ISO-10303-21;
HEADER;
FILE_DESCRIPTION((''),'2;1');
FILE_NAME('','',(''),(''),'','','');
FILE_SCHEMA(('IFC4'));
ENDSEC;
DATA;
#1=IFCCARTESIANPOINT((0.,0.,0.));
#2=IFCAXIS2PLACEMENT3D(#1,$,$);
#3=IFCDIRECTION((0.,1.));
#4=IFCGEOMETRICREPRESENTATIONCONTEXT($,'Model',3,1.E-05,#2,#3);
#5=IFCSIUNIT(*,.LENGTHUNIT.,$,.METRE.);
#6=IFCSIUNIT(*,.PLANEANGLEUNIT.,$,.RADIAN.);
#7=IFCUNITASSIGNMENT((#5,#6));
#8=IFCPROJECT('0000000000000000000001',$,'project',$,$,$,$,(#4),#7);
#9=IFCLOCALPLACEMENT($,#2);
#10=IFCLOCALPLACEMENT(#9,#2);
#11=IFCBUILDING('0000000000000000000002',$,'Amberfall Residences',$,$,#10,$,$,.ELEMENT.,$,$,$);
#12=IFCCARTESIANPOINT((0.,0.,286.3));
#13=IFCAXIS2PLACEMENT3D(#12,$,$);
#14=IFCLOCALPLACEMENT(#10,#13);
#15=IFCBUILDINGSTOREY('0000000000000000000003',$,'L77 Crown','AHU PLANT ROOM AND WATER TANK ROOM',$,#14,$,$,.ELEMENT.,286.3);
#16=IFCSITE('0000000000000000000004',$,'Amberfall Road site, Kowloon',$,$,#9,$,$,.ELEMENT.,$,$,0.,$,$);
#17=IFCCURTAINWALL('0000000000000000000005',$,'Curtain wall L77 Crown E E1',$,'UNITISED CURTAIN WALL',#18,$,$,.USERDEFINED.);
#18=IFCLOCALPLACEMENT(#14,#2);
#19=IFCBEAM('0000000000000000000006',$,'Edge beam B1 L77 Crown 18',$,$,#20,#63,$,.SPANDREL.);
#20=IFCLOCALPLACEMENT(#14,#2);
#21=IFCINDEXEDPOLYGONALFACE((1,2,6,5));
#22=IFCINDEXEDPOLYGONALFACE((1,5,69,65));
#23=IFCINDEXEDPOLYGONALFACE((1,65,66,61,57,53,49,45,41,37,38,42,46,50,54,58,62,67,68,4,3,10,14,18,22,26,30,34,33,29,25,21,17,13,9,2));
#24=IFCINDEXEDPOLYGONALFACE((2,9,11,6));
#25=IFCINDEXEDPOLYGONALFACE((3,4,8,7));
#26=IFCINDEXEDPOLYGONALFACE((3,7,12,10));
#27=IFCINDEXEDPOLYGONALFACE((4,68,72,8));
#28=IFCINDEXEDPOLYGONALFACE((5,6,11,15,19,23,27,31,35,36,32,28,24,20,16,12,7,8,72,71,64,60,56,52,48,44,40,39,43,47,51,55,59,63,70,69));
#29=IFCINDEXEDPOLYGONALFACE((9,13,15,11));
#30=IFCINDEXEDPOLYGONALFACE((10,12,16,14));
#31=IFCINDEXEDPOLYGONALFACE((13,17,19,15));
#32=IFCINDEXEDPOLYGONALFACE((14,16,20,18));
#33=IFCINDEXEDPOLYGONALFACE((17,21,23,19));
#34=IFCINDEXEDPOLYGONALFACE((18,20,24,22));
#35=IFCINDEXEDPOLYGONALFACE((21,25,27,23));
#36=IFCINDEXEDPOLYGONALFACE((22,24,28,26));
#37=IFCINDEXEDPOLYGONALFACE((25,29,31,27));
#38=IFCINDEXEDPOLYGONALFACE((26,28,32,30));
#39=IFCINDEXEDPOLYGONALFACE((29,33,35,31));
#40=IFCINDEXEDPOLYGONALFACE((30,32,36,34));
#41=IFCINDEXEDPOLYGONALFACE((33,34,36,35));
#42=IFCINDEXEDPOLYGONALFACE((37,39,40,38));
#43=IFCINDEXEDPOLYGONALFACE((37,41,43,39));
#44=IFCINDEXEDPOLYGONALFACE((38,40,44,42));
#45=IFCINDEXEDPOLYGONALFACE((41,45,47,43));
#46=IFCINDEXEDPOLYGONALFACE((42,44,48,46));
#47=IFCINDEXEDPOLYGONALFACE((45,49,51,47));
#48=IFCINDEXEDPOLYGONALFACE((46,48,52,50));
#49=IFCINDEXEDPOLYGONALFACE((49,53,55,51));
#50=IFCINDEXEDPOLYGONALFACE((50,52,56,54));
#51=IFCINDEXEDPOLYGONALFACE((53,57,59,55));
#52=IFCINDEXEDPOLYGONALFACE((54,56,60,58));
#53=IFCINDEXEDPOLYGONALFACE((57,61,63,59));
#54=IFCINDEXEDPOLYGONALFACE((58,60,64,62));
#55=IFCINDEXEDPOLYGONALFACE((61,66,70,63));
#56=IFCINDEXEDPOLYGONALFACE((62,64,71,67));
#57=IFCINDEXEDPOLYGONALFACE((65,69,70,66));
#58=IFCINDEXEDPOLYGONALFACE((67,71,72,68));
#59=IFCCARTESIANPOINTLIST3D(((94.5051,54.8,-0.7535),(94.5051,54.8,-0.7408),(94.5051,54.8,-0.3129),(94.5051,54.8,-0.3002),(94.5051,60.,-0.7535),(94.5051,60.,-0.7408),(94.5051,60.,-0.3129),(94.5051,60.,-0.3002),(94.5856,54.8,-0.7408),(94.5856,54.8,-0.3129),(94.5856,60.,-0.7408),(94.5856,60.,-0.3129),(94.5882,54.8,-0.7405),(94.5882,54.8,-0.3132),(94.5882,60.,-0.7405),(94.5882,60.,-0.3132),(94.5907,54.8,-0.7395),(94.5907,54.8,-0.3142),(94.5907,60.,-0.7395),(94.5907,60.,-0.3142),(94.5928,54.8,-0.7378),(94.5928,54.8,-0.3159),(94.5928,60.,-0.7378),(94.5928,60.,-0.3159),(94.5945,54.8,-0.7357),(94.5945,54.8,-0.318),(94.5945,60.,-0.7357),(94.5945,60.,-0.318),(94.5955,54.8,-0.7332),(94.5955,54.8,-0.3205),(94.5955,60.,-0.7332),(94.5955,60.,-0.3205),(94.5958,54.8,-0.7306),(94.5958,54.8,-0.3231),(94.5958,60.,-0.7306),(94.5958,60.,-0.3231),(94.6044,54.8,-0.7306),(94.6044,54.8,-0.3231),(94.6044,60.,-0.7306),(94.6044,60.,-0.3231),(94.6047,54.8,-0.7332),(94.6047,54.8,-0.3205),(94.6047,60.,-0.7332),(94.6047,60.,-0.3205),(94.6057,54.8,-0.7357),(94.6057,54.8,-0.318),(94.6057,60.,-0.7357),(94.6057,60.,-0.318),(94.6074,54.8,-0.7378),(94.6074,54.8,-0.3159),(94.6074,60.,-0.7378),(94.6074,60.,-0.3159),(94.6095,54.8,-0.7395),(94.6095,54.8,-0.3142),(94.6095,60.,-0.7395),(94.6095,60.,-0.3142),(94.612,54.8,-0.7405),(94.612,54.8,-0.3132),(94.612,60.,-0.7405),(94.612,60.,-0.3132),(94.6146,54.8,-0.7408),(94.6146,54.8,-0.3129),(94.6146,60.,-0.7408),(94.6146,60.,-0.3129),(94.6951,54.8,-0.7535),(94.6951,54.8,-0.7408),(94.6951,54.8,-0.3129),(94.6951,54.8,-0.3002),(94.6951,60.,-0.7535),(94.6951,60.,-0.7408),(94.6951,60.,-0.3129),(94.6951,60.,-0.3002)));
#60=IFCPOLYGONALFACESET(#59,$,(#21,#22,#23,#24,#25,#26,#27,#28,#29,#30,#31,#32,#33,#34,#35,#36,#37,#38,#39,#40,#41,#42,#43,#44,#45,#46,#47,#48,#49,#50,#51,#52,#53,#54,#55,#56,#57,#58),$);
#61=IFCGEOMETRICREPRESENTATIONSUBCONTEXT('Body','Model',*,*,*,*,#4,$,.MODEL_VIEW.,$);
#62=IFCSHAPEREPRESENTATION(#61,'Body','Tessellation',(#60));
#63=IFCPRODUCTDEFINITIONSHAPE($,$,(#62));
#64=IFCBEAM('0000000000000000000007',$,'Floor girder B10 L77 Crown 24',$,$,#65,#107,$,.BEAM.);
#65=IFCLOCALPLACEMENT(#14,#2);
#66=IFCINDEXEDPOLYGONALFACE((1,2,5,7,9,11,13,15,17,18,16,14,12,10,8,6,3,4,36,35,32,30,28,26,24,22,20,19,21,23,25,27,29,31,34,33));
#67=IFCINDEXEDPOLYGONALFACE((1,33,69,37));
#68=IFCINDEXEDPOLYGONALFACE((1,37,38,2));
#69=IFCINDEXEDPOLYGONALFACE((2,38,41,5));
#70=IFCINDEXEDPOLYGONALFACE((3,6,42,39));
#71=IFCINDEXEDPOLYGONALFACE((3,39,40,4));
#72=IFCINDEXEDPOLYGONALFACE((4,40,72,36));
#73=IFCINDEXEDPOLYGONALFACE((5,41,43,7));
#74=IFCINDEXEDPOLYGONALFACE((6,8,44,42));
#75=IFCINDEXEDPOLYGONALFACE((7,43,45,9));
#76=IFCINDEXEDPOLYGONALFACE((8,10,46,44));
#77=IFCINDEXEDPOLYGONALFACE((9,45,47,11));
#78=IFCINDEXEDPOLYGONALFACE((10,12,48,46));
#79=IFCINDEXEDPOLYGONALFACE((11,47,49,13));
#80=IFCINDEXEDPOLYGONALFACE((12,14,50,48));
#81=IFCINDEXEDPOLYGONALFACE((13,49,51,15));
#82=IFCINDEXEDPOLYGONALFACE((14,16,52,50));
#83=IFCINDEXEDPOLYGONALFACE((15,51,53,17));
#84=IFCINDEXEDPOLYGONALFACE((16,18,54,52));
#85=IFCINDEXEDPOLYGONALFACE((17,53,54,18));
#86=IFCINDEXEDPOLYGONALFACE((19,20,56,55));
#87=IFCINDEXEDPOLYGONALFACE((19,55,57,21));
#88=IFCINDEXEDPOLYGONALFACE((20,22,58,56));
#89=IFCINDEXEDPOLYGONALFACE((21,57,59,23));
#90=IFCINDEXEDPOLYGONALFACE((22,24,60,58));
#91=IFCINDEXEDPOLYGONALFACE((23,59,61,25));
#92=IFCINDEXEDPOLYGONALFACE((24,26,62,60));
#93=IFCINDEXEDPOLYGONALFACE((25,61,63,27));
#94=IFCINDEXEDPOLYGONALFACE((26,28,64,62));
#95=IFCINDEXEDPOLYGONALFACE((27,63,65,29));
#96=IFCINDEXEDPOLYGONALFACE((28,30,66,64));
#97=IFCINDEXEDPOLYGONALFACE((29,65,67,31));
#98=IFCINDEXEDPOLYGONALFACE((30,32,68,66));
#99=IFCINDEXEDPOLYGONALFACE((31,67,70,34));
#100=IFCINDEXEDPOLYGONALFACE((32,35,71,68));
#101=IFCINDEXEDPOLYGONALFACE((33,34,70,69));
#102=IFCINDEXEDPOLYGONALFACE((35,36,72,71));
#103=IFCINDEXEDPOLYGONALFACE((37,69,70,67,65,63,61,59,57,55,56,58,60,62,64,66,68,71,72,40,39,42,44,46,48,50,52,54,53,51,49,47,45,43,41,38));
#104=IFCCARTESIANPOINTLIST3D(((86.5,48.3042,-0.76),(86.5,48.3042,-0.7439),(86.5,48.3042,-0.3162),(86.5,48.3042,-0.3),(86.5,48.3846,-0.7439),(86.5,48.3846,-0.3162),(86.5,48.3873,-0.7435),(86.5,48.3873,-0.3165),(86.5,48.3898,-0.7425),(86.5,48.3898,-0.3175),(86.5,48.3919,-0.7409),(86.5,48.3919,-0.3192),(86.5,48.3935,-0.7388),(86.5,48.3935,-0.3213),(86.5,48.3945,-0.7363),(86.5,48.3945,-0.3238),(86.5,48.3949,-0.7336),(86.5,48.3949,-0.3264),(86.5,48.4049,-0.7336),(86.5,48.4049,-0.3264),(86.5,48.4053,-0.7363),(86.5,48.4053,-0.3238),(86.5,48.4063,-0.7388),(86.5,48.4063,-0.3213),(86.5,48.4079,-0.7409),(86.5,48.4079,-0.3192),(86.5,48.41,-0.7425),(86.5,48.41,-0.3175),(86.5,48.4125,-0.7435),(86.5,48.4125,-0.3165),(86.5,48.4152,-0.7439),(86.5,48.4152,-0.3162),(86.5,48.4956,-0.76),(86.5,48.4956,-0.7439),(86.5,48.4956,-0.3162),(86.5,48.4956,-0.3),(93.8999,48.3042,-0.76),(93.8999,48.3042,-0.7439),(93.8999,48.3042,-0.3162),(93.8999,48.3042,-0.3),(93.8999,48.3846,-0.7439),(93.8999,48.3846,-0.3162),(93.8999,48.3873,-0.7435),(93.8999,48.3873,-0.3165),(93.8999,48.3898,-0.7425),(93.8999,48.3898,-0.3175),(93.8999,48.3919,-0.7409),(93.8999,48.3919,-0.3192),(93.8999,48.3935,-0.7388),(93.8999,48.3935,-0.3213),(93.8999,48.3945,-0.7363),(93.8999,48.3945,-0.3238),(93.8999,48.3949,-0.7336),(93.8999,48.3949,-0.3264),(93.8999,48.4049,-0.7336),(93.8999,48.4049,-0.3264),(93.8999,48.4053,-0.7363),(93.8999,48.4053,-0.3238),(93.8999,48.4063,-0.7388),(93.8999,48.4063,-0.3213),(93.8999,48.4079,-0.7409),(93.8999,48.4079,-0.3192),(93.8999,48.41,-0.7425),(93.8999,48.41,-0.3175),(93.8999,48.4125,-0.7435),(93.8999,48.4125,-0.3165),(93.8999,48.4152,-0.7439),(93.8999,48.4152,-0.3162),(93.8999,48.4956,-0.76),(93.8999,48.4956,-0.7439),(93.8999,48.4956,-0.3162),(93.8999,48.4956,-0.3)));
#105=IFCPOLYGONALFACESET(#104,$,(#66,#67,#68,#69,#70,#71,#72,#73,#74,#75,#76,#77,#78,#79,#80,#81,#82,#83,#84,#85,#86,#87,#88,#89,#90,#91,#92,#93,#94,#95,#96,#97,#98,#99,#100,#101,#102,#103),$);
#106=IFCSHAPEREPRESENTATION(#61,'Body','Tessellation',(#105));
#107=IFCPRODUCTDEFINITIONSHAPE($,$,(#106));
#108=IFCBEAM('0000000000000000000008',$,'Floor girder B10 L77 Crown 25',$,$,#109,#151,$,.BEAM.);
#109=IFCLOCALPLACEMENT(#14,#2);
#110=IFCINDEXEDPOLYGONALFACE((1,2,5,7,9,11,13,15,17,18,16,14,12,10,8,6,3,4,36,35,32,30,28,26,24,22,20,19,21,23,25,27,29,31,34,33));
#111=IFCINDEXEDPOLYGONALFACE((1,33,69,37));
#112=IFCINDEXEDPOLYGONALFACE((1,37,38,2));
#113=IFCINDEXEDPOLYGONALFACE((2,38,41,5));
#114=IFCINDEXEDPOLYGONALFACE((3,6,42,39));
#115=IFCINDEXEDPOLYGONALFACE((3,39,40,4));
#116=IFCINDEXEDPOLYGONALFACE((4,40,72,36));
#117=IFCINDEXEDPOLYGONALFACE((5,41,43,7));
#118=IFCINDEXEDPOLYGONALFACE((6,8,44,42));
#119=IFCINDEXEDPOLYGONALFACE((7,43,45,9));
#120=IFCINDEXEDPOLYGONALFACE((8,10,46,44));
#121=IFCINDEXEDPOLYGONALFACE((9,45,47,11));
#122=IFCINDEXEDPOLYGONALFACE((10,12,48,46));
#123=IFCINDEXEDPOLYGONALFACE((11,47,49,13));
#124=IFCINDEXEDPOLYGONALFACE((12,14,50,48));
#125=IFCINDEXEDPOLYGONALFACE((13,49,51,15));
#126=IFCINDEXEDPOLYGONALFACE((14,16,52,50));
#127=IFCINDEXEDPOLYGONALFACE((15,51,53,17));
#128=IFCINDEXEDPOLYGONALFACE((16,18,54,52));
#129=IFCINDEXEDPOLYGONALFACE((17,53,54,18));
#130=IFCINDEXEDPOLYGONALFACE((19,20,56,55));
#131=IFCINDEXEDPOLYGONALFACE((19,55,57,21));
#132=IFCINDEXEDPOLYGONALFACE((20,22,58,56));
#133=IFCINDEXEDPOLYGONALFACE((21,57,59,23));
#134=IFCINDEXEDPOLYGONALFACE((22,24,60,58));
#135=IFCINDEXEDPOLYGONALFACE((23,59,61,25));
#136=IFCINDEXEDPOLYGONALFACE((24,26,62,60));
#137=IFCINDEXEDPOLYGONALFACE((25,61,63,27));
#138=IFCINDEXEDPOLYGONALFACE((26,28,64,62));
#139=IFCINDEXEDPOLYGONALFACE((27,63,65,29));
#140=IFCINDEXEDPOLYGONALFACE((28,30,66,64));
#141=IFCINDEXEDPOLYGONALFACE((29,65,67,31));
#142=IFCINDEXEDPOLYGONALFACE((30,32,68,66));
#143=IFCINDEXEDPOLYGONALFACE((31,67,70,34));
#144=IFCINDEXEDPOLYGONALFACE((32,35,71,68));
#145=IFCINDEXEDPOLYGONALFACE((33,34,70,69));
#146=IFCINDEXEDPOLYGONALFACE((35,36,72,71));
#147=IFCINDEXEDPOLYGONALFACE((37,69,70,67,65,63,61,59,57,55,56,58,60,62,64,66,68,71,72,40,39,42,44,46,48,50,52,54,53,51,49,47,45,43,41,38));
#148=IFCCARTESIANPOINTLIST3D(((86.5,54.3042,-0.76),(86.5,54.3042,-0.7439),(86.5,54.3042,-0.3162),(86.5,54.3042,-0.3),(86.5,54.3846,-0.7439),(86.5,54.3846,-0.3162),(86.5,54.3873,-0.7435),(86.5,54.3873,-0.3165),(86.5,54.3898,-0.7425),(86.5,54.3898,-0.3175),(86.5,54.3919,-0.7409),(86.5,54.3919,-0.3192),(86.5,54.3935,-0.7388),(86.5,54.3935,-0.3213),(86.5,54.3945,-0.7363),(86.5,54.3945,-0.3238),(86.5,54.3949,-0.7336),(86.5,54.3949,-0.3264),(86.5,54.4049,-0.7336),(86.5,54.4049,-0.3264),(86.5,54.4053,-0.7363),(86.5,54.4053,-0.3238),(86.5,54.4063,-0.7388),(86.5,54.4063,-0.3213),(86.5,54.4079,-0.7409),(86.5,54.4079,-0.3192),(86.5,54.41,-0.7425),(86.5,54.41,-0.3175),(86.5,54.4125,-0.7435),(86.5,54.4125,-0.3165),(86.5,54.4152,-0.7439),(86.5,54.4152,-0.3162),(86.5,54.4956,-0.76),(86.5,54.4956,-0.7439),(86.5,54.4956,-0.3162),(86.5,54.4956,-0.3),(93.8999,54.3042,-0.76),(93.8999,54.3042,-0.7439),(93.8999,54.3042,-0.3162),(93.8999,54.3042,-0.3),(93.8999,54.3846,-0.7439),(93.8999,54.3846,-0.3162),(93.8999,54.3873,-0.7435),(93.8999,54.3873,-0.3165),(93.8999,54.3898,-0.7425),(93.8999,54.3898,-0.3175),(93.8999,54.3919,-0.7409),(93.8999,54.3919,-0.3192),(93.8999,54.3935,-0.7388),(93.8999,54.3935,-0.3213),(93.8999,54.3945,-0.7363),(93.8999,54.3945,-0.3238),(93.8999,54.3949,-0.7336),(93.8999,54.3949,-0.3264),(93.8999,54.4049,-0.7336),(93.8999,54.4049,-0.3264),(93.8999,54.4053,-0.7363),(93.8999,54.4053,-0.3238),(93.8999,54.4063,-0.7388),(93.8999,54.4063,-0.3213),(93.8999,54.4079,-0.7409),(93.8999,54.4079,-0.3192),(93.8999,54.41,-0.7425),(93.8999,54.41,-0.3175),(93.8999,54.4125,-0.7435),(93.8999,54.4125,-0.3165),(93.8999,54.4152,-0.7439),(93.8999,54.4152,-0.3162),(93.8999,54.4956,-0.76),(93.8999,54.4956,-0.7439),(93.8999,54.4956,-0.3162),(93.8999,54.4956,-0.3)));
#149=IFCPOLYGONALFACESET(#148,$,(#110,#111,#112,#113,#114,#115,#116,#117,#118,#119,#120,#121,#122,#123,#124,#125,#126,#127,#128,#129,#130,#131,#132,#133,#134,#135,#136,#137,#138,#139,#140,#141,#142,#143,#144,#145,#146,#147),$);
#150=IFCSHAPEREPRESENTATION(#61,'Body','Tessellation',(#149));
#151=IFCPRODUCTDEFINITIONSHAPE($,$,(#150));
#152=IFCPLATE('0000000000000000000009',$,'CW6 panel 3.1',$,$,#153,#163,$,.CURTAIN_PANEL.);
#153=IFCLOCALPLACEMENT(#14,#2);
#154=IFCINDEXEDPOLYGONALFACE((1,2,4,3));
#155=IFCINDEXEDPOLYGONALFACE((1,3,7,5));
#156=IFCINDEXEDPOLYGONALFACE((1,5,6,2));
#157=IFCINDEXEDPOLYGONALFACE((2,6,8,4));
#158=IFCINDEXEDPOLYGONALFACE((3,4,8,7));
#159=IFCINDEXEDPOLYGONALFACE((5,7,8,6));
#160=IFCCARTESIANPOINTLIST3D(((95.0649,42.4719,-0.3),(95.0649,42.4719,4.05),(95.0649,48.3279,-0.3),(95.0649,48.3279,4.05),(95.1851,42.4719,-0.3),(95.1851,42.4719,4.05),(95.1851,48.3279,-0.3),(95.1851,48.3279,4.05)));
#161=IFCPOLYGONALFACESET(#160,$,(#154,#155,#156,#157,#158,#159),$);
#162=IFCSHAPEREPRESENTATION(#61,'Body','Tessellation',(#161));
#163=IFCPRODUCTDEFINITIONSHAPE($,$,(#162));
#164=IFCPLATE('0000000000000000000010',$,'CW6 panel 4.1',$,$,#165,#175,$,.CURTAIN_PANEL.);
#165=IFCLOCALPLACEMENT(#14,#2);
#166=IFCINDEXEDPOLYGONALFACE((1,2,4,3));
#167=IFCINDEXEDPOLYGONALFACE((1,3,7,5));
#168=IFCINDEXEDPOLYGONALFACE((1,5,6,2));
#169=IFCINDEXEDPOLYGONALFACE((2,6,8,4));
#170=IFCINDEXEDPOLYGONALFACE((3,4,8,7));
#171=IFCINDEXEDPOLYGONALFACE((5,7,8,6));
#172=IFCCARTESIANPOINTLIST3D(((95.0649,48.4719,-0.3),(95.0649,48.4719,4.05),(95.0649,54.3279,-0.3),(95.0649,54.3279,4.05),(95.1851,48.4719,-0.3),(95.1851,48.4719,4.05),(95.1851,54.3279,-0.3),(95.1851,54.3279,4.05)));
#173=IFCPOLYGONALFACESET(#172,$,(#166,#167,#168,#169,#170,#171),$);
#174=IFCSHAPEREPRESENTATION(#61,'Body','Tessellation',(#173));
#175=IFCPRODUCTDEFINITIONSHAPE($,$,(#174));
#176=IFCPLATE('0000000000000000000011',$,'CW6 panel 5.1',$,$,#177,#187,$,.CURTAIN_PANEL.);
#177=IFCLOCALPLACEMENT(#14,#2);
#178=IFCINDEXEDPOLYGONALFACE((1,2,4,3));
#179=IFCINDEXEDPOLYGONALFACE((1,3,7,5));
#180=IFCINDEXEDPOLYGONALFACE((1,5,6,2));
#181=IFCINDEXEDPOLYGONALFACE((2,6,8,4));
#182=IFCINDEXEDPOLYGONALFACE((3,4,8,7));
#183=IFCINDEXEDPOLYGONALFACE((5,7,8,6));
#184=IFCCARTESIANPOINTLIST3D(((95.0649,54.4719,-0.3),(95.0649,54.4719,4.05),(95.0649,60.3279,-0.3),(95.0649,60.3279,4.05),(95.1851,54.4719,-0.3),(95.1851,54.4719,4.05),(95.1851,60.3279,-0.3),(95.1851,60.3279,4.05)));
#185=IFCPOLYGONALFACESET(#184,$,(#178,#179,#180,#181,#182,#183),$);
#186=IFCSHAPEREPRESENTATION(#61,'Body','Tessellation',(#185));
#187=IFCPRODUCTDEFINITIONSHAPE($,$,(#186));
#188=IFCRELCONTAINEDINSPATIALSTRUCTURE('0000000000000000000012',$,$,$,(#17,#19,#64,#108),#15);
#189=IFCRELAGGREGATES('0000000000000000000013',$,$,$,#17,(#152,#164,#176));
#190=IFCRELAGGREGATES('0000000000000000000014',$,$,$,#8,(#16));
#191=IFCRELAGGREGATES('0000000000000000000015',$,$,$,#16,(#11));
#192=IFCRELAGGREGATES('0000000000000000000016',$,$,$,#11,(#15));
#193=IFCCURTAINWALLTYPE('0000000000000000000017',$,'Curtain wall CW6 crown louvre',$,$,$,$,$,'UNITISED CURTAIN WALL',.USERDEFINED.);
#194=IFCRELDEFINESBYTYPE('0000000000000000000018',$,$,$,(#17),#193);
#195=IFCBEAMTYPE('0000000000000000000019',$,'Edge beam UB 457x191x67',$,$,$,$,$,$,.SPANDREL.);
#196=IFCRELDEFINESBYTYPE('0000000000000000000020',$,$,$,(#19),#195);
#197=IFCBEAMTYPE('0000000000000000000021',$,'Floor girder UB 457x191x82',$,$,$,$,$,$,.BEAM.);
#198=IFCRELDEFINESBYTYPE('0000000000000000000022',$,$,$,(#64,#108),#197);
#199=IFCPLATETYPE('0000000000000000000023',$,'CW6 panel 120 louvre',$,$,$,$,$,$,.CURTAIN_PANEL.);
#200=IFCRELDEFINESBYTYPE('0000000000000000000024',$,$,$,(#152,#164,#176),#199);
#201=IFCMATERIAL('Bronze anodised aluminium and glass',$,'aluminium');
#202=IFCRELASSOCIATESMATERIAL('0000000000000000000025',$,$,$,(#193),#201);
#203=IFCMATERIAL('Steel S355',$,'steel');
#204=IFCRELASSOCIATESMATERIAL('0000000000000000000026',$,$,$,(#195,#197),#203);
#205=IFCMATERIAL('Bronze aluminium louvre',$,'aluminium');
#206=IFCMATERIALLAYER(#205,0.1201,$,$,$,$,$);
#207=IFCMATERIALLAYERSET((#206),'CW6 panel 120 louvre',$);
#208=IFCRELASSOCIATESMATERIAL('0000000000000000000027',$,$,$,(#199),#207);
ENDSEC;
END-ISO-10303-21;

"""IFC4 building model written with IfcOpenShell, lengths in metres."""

from ifc_helpers import new_model, si_unit, direction, frame, origin, origin_2d, place, context, subcontext, project, spatial, rectangle, i_section, extrude, material, layer, layer_set, material_profile, profile_set, type_object, element, aggregate, save


model = new_model("IFC4")

# Units and contexts
model_context = context("Model", 3, precision=1e-05, world=origin(), true_north=direction((0.0, 1.0)))
body_context = subcontext(model_context, "Body", "Model", "MODEL_VIEW")
ifc_project = project(units=[si_unit("LENGTHUNIT", "METRE"), si_unit("PLANEANGLEUNIT", "RADIAN")], contexts=[model_context])

# Site, building, storey
site_placement = place(None, origin())
site = spatial("IfcSite", under=ifc_project, at=site_placement, Name="Amberfall Road site, Kowloon", CompositionType="ELEMENT", RefElevation=0.0)
building_placement = place(site_placement, origin())
building = spatial("IfcBuilding", under=site, at=building_placement, Name="Amberfall Residences", CompositionType="ELEMENT")
storey_placement = place(building_placement, frame((0.0, 0.0, 286.3)))
storey = spatial("IfcBuildingStorey", under=building, at=storey_placement, Name="L77 Crown", Description="AHU PLANT ROOM AND WATER TANK ROOM", CompositionType="ELEMENT", Elevation=286.3)

# Curtain wall
ifc_material_1 = material(Name="Bronze anodised aluminium and glass", Category="aluminium")
curtain_wall_type = type_object("IfcCurtainWallType", Name="Curtain wall CW6 crown louvre", ElementType="UNITISED CURTAIN WALL", PredefinedType="USERDEFINED", material=ifc_material_1)
curtain_wall_placement = place(storey_placement, origin())
curtain_wall = element("IfcCurtainWall", 1, at=curtain_wall_placement, inside=storey, type_object=curtain_wall_type, Name="Curtain wall L77 Crown E E1", ObjectType="UNITISED CURTAIN WALL", PredefinedType="USERDEFINED")

# Beams
ifc_material_2 = material(Name="Steel S355", Category="steel")
ifc_material_profile_1 = material_profile(ifc_material_2, i_section(OverallWidth=0.1899, OverallDepth=0.4534, WebThickness=0.0085, FlangeThickness=0.0127, FilletRadius=0.0103, at=origin_2d()), Name="UB 457x191x67")
ifc_profile_set_1 = profile_set([ifc_material_profile_1], Name="Steel S355")
beam_type_1 = type_object("IfcBeamType", Name="Edge beam UB 457x191x67", PredefinedType="SPANDREL", material=ifc_profile_set_1)
for number, where, z_axis, x_axis, name in (
    (2, (94.6001, 54.8, -0.5269), (0.0, 1.0, 0.0), (-1.0, 0.0, 0.0), "Edge beam B1 L77 Crown 18"),
):
    element("IfcBeam", number, at=place(storey_placement, frame(where, z_axis=z_axis, x_axis=x_axis)), inside=storey, type_object=beam_type_1, Name=name, PredefinedType="SPANDREL", context=body_context, shape_type="SweptSolid", body=[
        extrude(i_section(OverallWidth=0.1899, OverallDepth=0.4534, WebThickness=0.0085, FlangeThickness=0.0127, FilletRadius=0.0103, at=origin_2d()), origin(), (0.0, 0.0, 1.0), 5.2),
    ])
ifc_material_profile_2 = material_profile(ifc_material_2, i_section(OverallWidth=0.1914, OverallDepth=0.46, WebThickness=0.01, FlangeThickness=0.0161, FilletRadius=0.0103, at=origin_2d()), Name="UB 457x191x82")
ifc_profile_set_2 = profile_set([ifc_material_profile_2], Name="Steel S355")
beam_type_2 = type_object("IfcBeamType", Name="Floor girder UB 457x191x82", PredefinedType="BEAM", material=ifc_profile_set_2)
for number, where, z_axis, x_axis, name in (
    (3, (93.8999, 48.3999, -0.53), (-1.0, 0.0, 0.0), (0.0, -1.0, 0.0), "Floor girder B10 L77 Crown 24"),
    (4, (93.8999, 54.3999, -0.53), (-1.0, 0.0, 0.0), (0.0, -1.0, 0.0), "Floor girder B10 L77 Crown 25"),
):
    element("IfcBeam", number, at=place(storey_placement, frame(where, z_axis=z_axis, x_axis=x_axis)), inside=storey, type_object=beam_type_2, Name=name, PredefinedType="BEAM", context=body_context, shape_type="SweptSolid", body=[
        extrude(i_section(OverallWidth=0.1914, OverallDepth=0.46, WebThickness=0.01, FlangeThickness=0.0161, FilletRadius=0.0103, at=origin_2d()), origin(), (0.0, 0.0, 1.0), 7.3999),
    ])

# Plates
ifc_material_3 = material(Name="Bronze aluminium louvre", Category="aluminium")
ifc_layer_1 = layer(ifc_material_3, 0.1201)
ifc_layer_set_1 = layer_set([ifc_layer_1], Name="CW6 panel 120 louvre")
plate_type = type_object("IfcPlateType", Name="CW6 panel 120 louvre", PredefinedType="CURTAIN_PANEL", material=ifc_layer_set_1)
plate_1_placement = place(storey_placement, frame((95.125, 45.3999, -0.3), z_axis=(0.0, 0.0, 1.0), x_axis=(0.0, 1.0, 0.0)))
plate_1 = element("IfcPlate", 5, at=plate_1_placement, type_object=plate_type, Name="CW6 panel 3.1", PredefinedType="CURTAIN_PANEL", context=body_context, shape_type="SweptSolid", body=[
    extrude(rectangle(XDim=5.856, YDim=0.1201, at=origin_2d()), origin(), (0.0, 0.0, 1.0), 4.3501),
])
plate_2_placement = place(storey_placement, frame((95.125, 51.3999, -0.3), z_axis=(0.0, 0.0, 1.0), x_axis=(0.0, 1.0, 0.0)))
plate_2 = element("IfcPlate", 6, at=plate_2_placement, type_object=plate_type, Name="CW6 panel 4.1", PredefinedType="CURTAIN_PANEL", context=body_context, shape_type="SweptSolid", body=[
    extrude(rectangle(XDim=5.856, YDim=0.1201, at=origin_2d()), origin(), (0.0, 0.0, 1.0), 4.3501),
])
plate_3_placement = place(storey_placement, frame((95.125, 57.3999, -0.3), z_axis=(0.0, 0.0, 1.0), x_axis=(0.0, 1.0, 0.0)))
plate_3 = element("IfcPlate", 7, at=plate_3_placement, type_object=plate_type, Name="CW6 panel 5.1", PredefinedType="CURTAIN_PANEL", context=body_context, shape_type="SweptSolid", body=[
    extrude(rectangle(XDim=5.856, YDim=0.1201, at=origin_2d()), origin(), (0.0, 0.0, 1.0), 4.3501),
])
aggregate(curtain_wall, [plate_1, plate_2, plate_3])

save(model, "model.ifc")
